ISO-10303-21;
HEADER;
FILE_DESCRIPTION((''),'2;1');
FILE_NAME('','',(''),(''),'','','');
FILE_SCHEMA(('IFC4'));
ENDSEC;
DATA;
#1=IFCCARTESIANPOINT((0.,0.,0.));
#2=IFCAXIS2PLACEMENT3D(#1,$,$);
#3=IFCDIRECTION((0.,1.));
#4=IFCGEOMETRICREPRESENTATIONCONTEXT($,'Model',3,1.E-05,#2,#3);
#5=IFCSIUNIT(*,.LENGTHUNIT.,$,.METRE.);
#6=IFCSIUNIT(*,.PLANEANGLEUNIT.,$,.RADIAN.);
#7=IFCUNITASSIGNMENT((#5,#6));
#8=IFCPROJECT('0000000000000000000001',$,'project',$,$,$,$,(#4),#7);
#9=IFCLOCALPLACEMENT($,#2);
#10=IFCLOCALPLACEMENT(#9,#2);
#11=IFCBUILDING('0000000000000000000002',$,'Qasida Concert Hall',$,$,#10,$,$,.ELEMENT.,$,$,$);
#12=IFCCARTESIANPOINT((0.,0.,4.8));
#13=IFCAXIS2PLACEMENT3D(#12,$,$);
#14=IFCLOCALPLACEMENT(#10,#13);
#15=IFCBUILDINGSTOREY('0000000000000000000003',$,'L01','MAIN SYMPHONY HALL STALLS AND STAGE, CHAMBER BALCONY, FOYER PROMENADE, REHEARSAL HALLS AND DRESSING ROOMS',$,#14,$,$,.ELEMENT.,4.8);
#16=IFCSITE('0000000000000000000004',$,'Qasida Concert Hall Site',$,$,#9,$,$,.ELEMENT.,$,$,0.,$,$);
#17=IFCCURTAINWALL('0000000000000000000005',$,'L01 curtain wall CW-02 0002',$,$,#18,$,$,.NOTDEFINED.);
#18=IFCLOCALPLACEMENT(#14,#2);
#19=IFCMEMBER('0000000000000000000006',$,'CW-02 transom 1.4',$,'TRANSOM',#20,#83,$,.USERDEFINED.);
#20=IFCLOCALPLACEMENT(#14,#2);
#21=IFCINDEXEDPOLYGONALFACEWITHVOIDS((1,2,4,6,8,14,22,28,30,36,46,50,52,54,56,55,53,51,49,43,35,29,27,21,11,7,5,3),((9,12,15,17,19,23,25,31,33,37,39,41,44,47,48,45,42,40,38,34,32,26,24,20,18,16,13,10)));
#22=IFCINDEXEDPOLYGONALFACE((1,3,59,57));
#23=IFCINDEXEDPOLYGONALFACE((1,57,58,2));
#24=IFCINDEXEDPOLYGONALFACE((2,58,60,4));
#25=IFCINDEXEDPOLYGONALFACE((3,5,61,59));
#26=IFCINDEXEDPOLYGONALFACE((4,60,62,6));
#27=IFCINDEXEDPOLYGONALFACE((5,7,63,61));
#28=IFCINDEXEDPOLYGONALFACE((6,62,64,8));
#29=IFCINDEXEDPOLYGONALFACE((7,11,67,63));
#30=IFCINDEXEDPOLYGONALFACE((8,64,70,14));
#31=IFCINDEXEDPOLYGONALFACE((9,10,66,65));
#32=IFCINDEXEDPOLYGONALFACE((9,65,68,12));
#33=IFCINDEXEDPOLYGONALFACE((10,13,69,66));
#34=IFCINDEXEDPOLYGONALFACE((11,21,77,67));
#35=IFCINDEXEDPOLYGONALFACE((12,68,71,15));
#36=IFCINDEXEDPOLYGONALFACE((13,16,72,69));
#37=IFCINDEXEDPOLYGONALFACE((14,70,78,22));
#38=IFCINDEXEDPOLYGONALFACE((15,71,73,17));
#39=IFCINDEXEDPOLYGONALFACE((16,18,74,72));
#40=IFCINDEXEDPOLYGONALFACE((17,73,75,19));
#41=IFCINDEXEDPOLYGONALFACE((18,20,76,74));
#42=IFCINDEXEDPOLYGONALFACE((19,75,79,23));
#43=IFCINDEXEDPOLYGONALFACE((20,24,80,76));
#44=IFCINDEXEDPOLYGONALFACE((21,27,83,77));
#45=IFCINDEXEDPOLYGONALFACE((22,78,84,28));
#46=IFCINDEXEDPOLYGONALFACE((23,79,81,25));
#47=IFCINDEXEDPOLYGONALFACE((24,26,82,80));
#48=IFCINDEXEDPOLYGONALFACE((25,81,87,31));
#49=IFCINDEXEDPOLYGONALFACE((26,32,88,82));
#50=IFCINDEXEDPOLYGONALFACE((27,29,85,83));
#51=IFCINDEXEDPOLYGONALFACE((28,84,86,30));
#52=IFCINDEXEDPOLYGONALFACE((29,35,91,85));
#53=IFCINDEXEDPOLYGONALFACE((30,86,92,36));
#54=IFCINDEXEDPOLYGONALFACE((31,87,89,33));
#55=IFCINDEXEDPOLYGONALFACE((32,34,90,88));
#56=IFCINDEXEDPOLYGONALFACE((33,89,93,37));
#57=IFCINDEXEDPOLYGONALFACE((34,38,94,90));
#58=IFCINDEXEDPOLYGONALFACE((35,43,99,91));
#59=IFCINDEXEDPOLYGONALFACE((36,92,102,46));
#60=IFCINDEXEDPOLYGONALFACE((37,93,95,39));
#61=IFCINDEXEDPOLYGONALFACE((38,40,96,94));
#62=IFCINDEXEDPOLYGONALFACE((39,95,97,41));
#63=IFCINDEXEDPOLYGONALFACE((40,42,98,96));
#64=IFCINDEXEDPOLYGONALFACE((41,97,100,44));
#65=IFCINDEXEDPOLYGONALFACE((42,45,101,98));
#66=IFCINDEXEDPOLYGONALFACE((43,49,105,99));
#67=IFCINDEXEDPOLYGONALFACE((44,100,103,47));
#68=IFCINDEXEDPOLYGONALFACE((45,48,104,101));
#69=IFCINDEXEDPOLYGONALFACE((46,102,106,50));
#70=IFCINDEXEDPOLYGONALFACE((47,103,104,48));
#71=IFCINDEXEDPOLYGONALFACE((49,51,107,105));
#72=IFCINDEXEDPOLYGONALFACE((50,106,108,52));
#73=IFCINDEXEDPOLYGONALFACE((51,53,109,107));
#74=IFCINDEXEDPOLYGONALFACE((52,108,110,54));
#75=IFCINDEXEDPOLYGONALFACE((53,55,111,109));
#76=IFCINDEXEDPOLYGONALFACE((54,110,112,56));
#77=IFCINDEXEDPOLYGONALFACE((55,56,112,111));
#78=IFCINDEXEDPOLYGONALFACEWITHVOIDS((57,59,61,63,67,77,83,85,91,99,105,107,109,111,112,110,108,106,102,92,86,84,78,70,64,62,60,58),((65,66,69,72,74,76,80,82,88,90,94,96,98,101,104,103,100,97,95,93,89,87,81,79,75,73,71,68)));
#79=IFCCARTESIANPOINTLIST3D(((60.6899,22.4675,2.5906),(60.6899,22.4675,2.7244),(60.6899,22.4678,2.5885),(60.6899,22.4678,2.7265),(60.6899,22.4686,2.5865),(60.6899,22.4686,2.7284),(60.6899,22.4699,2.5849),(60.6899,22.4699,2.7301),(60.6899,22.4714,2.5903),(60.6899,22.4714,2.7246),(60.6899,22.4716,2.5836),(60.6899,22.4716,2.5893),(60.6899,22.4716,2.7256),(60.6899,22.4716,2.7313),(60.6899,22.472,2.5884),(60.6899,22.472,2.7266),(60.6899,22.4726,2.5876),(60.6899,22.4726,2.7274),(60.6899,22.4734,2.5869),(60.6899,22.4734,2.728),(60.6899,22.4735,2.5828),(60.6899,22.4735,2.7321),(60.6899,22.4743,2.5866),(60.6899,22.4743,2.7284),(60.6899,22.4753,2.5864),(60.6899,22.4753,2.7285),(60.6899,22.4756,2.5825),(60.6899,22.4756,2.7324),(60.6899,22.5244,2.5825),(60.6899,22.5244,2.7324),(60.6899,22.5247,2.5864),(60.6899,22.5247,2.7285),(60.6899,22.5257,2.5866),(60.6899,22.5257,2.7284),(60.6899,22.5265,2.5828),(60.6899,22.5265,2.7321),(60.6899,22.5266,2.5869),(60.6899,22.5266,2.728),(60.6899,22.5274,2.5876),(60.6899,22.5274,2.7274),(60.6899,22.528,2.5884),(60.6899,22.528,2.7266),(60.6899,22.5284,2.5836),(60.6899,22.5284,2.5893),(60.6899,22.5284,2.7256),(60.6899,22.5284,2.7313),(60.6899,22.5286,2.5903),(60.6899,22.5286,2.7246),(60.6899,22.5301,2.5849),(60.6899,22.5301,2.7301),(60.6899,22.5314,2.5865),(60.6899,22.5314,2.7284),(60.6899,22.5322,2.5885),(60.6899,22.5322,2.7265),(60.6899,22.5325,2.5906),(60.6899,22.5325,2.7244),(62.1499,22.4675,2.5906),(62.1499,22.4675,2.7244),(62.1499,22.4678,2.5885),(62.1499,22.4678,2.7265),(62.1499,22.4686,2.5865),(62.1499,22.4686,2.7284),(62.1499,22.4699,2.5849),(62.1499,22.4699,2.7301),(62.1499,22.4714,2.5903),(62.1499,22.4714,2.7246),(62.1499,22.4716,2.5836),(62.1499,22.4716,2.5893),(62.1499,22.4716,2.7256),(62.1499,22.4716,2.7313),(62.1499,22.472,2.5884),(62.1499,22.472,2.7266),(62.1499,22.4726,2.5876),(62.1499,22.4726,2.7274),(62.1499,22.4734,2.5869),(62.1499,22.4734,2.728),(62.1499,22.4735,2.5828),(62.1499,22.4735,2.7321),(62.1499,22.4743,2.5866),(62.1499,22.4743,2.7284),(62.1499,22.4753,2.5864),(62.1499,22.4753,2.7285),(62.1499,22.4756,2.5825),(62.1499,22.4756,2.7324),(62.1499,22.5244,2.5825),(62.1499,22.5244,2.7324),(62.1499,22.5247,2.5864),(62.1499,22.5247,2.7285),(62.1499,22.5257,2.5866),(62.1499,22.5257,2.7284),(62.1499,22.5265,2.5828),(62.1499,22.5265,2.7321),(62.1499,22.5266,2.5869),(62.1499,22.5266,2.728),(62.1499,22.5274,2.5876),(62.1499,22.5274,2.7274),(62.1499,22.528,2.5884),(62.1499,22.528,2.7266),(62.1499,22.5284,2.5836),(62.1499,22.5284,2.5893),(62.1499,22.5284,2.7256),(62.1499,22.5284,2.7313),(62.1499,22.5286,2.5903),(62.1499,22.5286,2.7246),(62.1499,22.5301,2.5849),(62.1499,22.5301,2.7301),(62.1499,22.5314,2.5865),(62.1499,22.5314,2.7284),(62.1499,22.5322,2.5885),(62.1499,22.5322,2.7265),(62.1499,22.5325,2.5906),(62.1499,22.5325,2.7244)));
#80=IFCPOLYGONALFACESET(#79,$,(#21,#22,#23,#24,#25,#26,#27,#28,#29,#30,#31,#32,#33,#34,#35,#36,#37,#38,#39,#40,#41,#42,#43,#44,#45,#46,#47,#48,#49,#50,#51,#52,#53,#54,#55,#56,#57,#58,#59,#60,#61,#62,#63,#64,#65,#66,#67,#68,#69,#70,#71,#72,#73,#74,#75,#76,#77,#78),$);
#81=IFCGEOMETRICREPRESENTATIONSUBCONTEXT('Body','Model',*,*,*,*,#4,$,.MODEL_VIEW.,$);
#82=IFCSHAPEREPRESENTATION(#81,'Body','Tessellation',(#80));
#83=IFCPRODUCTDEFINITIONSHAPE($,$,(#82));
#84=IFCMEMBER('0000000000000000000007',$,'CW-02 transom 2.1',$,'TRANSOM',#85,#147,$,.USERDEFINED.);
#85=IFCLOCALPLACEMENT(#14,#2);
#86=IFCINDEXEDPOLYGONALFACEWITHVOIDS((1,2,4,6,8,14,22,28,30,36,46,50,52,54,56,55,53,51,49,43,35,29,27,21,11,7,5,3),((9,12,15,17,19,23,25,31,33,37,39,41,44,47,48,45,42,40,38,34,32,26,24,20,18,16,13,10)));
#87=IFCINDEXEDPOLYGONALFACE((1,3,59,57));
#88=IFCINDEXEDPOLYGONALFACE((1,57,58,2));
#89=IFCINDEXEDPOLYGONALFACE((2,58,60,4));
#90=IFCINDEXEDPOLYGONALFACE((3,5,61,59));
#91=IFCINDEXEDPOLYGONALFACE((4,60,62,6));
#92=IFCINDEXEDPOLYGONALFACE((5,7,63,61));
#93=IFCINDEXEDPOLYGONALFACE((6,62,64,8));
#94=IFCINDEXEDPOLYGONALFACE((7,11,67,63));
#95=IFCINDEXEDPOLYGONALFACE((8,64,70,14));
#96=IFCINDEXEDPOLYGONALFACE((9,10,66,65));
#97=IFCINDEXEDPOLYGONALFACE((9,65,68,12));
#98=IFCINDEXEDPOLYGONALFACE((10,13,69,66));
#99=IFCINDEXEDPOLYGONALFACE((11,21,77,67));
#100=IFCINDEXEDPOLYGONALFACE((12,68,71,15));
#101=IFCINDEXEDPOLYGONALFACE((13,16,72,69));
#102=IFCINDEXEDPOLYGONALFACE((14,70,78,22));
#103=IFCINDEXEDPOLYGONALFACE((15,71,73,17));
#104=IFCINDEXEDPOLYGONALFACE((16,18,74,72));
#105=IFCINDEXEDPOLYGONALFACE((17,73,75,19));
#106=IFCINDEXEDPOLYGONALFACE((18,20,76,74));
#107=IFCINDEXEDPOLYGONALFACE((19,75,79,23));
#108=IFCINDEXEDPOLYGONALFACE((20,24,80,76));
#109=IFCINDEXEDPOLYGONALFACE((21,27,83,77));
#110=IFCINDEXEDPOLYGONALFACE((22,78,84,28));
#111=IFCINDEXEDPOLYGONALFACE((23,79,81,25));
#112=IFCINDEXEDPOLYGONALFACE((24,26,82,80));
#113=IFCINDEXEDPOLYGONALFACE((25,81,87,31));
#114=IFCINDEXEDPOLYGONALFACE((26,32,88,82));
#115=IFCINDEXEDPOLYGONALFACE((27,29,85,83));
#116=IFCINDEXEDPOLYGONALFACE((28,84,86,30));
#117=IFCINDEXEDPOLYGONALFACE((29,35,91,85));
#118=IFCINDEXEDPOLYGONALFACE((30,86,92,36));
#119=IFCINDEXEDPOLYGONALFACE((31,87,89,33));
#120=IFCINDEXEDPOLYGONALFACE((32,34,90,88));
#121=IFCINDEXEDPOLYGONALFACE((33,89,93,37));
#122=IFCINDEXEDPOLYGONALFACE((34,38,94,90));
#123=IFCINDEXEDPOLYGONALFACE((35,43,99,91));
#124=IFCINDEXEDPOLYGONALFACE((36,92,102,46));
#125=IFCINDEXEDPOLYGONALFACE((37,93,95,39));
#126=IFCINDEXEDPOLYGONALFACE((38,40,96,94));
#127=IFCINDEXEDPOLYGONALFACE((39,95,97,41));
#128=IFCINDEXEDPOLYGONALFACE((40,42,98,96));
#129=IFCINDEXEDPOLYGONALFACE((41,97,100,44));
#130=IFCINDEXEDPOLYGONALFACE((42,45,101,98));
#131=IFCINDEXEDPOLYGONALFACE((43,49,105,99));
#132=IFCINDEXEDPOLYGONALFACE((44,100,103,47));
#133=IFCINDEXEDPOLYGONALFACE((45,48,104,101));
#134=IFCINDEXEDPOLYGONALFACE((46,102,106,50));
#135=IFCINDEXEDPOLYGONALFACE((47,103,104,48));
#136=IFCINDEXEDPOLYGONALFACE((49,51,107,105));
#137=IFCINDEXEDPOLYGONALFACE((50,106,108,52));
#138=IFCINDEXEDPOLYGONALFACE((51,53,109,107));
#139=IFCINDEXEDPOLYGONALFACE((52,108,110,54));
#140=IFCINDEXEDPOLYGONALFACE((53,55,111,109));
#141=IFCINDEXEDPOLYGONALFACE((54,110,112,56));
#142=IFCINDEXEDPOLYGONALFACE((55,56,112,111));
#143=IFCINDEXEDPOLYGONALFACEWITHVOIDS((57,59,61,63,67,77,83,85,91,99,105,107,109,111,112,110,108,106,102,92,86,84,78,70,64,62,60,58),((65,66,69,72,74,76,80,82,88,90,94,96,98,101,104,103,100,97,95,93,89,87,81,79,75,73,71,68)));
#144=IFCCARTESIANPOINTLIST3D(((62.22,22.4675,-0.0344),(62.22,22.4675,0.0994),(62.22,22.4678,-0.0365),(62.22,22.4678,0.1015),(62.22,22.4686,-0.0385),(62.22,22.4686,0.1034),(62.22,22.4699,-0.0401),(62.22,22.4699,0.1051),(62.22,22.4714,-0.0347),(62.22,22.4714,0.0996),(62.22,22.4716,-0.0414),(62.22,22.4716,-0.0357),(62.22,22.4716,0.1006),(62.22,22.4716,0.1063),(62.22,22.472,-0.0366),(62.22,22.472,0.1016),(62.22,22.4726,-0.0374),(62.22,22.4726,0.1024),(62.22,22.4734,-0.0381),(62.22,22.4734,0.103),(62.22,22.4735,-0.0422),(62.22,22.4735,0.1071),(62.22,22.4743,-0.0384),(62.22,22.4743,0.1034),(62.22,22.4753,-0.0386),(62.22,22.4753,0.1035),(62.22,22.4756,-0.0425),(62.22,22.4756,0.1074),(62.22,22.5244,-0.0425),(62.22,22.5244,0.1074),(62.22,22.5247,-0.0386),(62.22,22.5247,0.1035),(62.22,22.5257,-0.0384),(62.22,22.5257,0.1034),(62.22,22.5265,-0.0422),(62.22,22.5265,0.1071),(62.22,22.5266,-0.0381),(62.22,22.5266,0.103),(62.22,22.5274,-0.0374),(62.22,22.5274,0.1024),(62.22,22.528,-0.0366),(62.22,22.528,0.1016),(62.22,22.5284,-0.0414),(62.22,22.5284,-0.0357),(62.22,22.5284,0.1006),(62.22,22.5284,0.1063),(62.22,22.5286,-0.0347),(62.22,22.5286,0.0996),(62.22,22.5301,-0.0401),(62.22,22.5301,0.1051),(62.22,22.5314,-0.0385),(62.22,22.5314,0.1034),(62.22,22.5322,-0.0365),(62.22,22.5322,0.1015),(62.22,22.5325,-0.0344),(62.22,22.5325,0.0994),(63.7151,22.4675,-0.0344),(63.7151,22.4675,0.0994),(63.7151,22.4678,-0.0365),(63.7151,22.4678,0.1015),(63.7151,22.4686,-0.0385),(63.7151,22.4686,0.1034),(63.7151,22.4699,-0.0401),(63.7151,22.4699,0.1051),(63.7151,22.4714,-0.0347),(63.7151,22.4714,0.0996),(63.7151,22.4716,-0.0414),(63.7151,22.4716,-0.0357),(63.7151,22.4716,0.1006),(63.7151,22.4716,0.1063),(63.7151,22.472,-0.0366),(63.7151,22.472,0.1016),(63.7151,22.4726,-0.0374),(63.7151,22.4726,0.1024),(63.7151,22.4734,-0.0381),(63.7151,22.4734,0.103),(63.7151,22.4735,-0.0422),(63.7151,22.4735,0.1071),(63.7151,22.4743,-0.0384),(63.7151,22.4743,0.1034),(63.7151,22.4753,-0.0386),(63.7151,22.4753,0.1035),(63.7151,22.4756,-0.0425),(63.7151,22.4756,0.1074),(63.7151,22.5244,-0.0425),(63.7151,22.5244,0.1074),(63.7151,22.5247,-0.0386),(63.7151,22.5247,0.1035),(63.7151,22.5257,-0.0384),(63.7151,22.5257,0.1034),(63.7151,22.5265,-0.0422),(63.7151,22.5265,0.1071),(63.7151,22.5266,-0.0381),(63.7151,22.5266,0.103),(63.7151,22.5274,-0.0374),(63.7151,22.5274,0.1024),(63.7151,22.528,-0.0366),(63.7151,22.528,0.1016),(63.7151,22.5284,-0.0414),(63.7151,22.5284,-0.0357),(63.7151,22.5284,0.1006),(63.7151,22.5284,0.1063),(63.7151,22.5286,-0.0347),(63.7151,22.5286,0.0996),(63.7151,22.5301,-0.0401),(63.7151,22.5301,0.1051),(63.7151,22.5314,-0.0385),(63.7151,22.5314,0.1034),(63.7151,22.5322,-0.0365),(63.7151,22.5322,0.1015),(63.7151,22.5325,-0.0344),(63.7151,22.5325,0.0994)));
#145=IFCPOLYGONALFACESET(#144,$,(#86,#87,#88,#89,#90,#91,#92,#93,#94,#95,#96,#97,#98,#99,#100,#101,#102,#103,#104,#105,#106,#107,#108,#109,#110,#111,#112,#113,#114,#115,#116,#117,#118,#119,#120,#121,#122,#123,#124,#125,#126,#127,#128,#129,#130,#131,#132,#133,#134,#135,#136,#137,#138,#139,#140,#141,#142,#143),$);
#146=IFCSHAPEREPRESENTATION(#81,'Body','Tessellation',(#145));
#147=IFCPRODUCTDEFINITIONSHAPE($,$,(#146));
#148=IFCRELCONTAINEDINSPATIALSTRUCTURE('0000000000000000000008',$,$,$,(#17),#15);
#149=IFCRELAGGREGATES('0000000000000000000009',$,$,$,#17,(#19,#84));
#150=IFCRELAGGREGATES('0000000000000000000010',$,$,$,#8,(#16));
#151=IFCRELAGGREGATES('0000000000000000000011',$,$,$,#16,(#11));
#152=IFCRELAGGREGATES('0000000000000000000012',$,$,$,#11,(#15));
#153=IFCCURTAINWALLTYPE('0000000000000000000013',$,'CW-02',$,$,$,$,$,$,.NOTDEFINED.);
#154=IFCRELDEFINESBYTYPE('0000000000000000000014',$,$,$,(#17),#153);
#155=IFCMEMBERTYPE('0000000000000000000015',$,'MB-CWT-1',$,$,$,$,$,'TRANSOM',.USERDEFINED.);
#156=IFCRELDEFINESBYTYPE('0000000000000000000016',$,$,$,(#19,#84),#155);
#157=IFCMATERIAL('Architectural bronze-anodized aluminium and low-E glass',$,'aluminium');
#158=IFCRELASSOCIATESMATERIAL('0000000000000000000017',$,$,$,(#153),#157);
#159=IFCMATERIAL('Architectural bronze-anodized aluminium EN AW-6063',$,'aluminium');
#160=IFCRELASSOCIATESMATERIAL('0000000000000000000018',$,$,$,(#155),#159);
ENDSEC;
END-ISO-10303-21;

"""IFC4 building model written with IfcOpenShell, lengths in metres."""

from ifc_helpers import new_model, si_unit, direction, frame, origin, origin_2d, place, context, subcontext, project, spatial, hollow_rectangle, extrude, material, material_profile, profile_set, type_object, element, aggregate, save


model = new_model("IFC4")

# Units and contexts
model_context = context("Model", 3, precision=1e-05, world=origin(), true_north=direction((0.0, 1.0)))
body_context = subcontext(model_context, "Body", "Model", "MODEL_VIEW")
ifc_project = project(units=[si_unit("LENGTHUNIT", "METRE"), si_unit("PLANEANGLEUNIT", "RADIAN")], contexts=[model_context])

# Site, building, storey
site_placement = place(None, origin())
site = spatial("IfcSite", under=ifc_project, at=site_placement, Name="Qasida Concert Hall Site", CompositionType="ELEMENT", RefElevation=0.0)
building_placement = place(site_placement, origin())
building = spatial("IfcBuilding", under=site, at=building_placement, Name="Qasida Concert Hall", CompositionType="ELEMENT")
storey_placement = place(building_placement, frame((0.0, 0.0, 4.8)))
storey = spatial("IfcBuildingStorey", under=building, at=storey_placement, Name="L01", Description="MAIN SYMPHONY HALL STALLS AND STAGE, CHAMBER BALCONY, FOYER PROMENADE, REHEARSAL HALLS AND DRESSING ROOMS", CompositionType="ELEMENT", Elevation=4.8)

# Curtain wall, members
ifc_material_1 = material(Name="Architectural bronze-anodized aluminium and low-E glass", Category="aluminium")
curtain_wall_type = type_object("IfcCurtainWallType", Name="CW-02", PredefinedType="NOTDEFINED", material=ifc_material_1)
curtain_wall_placement = place(storey_placement, origin())
curtain_wall = element("IfcCurtainWall", 1, at=curtain_wall_placement, inside=storey, type_object=curtain_wall_type, Name="L01 curtain wall CW-02 0002", PredefinedType="NOTDEFINED")
ifc_material_2 = material(Name="Architectural bronze-anodized aluminium EN AW-6063", Category="aluminium")
ifc_material_profile_1 = material_profile(ifc_material_2, hollow_rectangle(XDim=0.0649, YDim=0.1499, WallThickness=0.0039, InnerFilletRadius=0.0039, OuterFilletRadius=0.0081, at=origin_2d()), Name="CWT 150x65x4")
ifc_profile_set_1 = profile_set([ifc_material_profile_1], Name="Architectural bronze-anodized aluminium EN AW-6063")
member_type_1 = type_object("IfcMemberType", Name="MB-CWT-1", ElementType="TRANSOM", PredefinedType="USERDEFINED", material=ifc_profile_set_1)
member_1_placement = place(storey_placement, frame((60.6899, 22.5, 2.6575), z_axis=(1.0, 0.0, 0.0), x_axis=(0.0, 1.0, 0.0)))
member_1 = element("IfcMember", 2, at=member_1_placement, type_object=member_type_1, Name="CW-02 transom 1.4", ObjectType="TRANSOM", PredefinedType="USERDEFINED", context=body_context, shape_type="SweptSolid", body=[
    extrude(hollow_rectangle(XDim=0.0649, YDim=0.1499, WallThickness=0.0039, InnerFilletRadius=0.0039, OuterFilletRadius=0.0081, at=origin_2d()), origin(), (0.0, 0.0, 1.0), 1.46),
])
member_2_placement = place(storey_placement, frame((62.22, 22.5, 0.0325), z_axis=(1.0, 0.0, 0.0), x_axis=(0.0, 1.0, 0.0)))
member_2 = element("IfcMember", 3, at=member_2_placement, type_object=member_type_1, Name="CW-02 transom 2.1", ObjectType="TRANSOM", PredefinedType="USERDEFINED", context=body_context, shape_type="SweptSolid", body=[
    extrude(hollow_rectangle(XDim=0.0649, YDim=0.1499, WallThickness=0.0039, InnerFilletRadius=0.0039, OuterFilletRadius=0.0081, at=origin_2d()), origin(), (0.0, 0.0, 1.0), 1.4951),
])
aggregate(curtain_wall, [member_1, member_2])

save(model, "model.ifc")
